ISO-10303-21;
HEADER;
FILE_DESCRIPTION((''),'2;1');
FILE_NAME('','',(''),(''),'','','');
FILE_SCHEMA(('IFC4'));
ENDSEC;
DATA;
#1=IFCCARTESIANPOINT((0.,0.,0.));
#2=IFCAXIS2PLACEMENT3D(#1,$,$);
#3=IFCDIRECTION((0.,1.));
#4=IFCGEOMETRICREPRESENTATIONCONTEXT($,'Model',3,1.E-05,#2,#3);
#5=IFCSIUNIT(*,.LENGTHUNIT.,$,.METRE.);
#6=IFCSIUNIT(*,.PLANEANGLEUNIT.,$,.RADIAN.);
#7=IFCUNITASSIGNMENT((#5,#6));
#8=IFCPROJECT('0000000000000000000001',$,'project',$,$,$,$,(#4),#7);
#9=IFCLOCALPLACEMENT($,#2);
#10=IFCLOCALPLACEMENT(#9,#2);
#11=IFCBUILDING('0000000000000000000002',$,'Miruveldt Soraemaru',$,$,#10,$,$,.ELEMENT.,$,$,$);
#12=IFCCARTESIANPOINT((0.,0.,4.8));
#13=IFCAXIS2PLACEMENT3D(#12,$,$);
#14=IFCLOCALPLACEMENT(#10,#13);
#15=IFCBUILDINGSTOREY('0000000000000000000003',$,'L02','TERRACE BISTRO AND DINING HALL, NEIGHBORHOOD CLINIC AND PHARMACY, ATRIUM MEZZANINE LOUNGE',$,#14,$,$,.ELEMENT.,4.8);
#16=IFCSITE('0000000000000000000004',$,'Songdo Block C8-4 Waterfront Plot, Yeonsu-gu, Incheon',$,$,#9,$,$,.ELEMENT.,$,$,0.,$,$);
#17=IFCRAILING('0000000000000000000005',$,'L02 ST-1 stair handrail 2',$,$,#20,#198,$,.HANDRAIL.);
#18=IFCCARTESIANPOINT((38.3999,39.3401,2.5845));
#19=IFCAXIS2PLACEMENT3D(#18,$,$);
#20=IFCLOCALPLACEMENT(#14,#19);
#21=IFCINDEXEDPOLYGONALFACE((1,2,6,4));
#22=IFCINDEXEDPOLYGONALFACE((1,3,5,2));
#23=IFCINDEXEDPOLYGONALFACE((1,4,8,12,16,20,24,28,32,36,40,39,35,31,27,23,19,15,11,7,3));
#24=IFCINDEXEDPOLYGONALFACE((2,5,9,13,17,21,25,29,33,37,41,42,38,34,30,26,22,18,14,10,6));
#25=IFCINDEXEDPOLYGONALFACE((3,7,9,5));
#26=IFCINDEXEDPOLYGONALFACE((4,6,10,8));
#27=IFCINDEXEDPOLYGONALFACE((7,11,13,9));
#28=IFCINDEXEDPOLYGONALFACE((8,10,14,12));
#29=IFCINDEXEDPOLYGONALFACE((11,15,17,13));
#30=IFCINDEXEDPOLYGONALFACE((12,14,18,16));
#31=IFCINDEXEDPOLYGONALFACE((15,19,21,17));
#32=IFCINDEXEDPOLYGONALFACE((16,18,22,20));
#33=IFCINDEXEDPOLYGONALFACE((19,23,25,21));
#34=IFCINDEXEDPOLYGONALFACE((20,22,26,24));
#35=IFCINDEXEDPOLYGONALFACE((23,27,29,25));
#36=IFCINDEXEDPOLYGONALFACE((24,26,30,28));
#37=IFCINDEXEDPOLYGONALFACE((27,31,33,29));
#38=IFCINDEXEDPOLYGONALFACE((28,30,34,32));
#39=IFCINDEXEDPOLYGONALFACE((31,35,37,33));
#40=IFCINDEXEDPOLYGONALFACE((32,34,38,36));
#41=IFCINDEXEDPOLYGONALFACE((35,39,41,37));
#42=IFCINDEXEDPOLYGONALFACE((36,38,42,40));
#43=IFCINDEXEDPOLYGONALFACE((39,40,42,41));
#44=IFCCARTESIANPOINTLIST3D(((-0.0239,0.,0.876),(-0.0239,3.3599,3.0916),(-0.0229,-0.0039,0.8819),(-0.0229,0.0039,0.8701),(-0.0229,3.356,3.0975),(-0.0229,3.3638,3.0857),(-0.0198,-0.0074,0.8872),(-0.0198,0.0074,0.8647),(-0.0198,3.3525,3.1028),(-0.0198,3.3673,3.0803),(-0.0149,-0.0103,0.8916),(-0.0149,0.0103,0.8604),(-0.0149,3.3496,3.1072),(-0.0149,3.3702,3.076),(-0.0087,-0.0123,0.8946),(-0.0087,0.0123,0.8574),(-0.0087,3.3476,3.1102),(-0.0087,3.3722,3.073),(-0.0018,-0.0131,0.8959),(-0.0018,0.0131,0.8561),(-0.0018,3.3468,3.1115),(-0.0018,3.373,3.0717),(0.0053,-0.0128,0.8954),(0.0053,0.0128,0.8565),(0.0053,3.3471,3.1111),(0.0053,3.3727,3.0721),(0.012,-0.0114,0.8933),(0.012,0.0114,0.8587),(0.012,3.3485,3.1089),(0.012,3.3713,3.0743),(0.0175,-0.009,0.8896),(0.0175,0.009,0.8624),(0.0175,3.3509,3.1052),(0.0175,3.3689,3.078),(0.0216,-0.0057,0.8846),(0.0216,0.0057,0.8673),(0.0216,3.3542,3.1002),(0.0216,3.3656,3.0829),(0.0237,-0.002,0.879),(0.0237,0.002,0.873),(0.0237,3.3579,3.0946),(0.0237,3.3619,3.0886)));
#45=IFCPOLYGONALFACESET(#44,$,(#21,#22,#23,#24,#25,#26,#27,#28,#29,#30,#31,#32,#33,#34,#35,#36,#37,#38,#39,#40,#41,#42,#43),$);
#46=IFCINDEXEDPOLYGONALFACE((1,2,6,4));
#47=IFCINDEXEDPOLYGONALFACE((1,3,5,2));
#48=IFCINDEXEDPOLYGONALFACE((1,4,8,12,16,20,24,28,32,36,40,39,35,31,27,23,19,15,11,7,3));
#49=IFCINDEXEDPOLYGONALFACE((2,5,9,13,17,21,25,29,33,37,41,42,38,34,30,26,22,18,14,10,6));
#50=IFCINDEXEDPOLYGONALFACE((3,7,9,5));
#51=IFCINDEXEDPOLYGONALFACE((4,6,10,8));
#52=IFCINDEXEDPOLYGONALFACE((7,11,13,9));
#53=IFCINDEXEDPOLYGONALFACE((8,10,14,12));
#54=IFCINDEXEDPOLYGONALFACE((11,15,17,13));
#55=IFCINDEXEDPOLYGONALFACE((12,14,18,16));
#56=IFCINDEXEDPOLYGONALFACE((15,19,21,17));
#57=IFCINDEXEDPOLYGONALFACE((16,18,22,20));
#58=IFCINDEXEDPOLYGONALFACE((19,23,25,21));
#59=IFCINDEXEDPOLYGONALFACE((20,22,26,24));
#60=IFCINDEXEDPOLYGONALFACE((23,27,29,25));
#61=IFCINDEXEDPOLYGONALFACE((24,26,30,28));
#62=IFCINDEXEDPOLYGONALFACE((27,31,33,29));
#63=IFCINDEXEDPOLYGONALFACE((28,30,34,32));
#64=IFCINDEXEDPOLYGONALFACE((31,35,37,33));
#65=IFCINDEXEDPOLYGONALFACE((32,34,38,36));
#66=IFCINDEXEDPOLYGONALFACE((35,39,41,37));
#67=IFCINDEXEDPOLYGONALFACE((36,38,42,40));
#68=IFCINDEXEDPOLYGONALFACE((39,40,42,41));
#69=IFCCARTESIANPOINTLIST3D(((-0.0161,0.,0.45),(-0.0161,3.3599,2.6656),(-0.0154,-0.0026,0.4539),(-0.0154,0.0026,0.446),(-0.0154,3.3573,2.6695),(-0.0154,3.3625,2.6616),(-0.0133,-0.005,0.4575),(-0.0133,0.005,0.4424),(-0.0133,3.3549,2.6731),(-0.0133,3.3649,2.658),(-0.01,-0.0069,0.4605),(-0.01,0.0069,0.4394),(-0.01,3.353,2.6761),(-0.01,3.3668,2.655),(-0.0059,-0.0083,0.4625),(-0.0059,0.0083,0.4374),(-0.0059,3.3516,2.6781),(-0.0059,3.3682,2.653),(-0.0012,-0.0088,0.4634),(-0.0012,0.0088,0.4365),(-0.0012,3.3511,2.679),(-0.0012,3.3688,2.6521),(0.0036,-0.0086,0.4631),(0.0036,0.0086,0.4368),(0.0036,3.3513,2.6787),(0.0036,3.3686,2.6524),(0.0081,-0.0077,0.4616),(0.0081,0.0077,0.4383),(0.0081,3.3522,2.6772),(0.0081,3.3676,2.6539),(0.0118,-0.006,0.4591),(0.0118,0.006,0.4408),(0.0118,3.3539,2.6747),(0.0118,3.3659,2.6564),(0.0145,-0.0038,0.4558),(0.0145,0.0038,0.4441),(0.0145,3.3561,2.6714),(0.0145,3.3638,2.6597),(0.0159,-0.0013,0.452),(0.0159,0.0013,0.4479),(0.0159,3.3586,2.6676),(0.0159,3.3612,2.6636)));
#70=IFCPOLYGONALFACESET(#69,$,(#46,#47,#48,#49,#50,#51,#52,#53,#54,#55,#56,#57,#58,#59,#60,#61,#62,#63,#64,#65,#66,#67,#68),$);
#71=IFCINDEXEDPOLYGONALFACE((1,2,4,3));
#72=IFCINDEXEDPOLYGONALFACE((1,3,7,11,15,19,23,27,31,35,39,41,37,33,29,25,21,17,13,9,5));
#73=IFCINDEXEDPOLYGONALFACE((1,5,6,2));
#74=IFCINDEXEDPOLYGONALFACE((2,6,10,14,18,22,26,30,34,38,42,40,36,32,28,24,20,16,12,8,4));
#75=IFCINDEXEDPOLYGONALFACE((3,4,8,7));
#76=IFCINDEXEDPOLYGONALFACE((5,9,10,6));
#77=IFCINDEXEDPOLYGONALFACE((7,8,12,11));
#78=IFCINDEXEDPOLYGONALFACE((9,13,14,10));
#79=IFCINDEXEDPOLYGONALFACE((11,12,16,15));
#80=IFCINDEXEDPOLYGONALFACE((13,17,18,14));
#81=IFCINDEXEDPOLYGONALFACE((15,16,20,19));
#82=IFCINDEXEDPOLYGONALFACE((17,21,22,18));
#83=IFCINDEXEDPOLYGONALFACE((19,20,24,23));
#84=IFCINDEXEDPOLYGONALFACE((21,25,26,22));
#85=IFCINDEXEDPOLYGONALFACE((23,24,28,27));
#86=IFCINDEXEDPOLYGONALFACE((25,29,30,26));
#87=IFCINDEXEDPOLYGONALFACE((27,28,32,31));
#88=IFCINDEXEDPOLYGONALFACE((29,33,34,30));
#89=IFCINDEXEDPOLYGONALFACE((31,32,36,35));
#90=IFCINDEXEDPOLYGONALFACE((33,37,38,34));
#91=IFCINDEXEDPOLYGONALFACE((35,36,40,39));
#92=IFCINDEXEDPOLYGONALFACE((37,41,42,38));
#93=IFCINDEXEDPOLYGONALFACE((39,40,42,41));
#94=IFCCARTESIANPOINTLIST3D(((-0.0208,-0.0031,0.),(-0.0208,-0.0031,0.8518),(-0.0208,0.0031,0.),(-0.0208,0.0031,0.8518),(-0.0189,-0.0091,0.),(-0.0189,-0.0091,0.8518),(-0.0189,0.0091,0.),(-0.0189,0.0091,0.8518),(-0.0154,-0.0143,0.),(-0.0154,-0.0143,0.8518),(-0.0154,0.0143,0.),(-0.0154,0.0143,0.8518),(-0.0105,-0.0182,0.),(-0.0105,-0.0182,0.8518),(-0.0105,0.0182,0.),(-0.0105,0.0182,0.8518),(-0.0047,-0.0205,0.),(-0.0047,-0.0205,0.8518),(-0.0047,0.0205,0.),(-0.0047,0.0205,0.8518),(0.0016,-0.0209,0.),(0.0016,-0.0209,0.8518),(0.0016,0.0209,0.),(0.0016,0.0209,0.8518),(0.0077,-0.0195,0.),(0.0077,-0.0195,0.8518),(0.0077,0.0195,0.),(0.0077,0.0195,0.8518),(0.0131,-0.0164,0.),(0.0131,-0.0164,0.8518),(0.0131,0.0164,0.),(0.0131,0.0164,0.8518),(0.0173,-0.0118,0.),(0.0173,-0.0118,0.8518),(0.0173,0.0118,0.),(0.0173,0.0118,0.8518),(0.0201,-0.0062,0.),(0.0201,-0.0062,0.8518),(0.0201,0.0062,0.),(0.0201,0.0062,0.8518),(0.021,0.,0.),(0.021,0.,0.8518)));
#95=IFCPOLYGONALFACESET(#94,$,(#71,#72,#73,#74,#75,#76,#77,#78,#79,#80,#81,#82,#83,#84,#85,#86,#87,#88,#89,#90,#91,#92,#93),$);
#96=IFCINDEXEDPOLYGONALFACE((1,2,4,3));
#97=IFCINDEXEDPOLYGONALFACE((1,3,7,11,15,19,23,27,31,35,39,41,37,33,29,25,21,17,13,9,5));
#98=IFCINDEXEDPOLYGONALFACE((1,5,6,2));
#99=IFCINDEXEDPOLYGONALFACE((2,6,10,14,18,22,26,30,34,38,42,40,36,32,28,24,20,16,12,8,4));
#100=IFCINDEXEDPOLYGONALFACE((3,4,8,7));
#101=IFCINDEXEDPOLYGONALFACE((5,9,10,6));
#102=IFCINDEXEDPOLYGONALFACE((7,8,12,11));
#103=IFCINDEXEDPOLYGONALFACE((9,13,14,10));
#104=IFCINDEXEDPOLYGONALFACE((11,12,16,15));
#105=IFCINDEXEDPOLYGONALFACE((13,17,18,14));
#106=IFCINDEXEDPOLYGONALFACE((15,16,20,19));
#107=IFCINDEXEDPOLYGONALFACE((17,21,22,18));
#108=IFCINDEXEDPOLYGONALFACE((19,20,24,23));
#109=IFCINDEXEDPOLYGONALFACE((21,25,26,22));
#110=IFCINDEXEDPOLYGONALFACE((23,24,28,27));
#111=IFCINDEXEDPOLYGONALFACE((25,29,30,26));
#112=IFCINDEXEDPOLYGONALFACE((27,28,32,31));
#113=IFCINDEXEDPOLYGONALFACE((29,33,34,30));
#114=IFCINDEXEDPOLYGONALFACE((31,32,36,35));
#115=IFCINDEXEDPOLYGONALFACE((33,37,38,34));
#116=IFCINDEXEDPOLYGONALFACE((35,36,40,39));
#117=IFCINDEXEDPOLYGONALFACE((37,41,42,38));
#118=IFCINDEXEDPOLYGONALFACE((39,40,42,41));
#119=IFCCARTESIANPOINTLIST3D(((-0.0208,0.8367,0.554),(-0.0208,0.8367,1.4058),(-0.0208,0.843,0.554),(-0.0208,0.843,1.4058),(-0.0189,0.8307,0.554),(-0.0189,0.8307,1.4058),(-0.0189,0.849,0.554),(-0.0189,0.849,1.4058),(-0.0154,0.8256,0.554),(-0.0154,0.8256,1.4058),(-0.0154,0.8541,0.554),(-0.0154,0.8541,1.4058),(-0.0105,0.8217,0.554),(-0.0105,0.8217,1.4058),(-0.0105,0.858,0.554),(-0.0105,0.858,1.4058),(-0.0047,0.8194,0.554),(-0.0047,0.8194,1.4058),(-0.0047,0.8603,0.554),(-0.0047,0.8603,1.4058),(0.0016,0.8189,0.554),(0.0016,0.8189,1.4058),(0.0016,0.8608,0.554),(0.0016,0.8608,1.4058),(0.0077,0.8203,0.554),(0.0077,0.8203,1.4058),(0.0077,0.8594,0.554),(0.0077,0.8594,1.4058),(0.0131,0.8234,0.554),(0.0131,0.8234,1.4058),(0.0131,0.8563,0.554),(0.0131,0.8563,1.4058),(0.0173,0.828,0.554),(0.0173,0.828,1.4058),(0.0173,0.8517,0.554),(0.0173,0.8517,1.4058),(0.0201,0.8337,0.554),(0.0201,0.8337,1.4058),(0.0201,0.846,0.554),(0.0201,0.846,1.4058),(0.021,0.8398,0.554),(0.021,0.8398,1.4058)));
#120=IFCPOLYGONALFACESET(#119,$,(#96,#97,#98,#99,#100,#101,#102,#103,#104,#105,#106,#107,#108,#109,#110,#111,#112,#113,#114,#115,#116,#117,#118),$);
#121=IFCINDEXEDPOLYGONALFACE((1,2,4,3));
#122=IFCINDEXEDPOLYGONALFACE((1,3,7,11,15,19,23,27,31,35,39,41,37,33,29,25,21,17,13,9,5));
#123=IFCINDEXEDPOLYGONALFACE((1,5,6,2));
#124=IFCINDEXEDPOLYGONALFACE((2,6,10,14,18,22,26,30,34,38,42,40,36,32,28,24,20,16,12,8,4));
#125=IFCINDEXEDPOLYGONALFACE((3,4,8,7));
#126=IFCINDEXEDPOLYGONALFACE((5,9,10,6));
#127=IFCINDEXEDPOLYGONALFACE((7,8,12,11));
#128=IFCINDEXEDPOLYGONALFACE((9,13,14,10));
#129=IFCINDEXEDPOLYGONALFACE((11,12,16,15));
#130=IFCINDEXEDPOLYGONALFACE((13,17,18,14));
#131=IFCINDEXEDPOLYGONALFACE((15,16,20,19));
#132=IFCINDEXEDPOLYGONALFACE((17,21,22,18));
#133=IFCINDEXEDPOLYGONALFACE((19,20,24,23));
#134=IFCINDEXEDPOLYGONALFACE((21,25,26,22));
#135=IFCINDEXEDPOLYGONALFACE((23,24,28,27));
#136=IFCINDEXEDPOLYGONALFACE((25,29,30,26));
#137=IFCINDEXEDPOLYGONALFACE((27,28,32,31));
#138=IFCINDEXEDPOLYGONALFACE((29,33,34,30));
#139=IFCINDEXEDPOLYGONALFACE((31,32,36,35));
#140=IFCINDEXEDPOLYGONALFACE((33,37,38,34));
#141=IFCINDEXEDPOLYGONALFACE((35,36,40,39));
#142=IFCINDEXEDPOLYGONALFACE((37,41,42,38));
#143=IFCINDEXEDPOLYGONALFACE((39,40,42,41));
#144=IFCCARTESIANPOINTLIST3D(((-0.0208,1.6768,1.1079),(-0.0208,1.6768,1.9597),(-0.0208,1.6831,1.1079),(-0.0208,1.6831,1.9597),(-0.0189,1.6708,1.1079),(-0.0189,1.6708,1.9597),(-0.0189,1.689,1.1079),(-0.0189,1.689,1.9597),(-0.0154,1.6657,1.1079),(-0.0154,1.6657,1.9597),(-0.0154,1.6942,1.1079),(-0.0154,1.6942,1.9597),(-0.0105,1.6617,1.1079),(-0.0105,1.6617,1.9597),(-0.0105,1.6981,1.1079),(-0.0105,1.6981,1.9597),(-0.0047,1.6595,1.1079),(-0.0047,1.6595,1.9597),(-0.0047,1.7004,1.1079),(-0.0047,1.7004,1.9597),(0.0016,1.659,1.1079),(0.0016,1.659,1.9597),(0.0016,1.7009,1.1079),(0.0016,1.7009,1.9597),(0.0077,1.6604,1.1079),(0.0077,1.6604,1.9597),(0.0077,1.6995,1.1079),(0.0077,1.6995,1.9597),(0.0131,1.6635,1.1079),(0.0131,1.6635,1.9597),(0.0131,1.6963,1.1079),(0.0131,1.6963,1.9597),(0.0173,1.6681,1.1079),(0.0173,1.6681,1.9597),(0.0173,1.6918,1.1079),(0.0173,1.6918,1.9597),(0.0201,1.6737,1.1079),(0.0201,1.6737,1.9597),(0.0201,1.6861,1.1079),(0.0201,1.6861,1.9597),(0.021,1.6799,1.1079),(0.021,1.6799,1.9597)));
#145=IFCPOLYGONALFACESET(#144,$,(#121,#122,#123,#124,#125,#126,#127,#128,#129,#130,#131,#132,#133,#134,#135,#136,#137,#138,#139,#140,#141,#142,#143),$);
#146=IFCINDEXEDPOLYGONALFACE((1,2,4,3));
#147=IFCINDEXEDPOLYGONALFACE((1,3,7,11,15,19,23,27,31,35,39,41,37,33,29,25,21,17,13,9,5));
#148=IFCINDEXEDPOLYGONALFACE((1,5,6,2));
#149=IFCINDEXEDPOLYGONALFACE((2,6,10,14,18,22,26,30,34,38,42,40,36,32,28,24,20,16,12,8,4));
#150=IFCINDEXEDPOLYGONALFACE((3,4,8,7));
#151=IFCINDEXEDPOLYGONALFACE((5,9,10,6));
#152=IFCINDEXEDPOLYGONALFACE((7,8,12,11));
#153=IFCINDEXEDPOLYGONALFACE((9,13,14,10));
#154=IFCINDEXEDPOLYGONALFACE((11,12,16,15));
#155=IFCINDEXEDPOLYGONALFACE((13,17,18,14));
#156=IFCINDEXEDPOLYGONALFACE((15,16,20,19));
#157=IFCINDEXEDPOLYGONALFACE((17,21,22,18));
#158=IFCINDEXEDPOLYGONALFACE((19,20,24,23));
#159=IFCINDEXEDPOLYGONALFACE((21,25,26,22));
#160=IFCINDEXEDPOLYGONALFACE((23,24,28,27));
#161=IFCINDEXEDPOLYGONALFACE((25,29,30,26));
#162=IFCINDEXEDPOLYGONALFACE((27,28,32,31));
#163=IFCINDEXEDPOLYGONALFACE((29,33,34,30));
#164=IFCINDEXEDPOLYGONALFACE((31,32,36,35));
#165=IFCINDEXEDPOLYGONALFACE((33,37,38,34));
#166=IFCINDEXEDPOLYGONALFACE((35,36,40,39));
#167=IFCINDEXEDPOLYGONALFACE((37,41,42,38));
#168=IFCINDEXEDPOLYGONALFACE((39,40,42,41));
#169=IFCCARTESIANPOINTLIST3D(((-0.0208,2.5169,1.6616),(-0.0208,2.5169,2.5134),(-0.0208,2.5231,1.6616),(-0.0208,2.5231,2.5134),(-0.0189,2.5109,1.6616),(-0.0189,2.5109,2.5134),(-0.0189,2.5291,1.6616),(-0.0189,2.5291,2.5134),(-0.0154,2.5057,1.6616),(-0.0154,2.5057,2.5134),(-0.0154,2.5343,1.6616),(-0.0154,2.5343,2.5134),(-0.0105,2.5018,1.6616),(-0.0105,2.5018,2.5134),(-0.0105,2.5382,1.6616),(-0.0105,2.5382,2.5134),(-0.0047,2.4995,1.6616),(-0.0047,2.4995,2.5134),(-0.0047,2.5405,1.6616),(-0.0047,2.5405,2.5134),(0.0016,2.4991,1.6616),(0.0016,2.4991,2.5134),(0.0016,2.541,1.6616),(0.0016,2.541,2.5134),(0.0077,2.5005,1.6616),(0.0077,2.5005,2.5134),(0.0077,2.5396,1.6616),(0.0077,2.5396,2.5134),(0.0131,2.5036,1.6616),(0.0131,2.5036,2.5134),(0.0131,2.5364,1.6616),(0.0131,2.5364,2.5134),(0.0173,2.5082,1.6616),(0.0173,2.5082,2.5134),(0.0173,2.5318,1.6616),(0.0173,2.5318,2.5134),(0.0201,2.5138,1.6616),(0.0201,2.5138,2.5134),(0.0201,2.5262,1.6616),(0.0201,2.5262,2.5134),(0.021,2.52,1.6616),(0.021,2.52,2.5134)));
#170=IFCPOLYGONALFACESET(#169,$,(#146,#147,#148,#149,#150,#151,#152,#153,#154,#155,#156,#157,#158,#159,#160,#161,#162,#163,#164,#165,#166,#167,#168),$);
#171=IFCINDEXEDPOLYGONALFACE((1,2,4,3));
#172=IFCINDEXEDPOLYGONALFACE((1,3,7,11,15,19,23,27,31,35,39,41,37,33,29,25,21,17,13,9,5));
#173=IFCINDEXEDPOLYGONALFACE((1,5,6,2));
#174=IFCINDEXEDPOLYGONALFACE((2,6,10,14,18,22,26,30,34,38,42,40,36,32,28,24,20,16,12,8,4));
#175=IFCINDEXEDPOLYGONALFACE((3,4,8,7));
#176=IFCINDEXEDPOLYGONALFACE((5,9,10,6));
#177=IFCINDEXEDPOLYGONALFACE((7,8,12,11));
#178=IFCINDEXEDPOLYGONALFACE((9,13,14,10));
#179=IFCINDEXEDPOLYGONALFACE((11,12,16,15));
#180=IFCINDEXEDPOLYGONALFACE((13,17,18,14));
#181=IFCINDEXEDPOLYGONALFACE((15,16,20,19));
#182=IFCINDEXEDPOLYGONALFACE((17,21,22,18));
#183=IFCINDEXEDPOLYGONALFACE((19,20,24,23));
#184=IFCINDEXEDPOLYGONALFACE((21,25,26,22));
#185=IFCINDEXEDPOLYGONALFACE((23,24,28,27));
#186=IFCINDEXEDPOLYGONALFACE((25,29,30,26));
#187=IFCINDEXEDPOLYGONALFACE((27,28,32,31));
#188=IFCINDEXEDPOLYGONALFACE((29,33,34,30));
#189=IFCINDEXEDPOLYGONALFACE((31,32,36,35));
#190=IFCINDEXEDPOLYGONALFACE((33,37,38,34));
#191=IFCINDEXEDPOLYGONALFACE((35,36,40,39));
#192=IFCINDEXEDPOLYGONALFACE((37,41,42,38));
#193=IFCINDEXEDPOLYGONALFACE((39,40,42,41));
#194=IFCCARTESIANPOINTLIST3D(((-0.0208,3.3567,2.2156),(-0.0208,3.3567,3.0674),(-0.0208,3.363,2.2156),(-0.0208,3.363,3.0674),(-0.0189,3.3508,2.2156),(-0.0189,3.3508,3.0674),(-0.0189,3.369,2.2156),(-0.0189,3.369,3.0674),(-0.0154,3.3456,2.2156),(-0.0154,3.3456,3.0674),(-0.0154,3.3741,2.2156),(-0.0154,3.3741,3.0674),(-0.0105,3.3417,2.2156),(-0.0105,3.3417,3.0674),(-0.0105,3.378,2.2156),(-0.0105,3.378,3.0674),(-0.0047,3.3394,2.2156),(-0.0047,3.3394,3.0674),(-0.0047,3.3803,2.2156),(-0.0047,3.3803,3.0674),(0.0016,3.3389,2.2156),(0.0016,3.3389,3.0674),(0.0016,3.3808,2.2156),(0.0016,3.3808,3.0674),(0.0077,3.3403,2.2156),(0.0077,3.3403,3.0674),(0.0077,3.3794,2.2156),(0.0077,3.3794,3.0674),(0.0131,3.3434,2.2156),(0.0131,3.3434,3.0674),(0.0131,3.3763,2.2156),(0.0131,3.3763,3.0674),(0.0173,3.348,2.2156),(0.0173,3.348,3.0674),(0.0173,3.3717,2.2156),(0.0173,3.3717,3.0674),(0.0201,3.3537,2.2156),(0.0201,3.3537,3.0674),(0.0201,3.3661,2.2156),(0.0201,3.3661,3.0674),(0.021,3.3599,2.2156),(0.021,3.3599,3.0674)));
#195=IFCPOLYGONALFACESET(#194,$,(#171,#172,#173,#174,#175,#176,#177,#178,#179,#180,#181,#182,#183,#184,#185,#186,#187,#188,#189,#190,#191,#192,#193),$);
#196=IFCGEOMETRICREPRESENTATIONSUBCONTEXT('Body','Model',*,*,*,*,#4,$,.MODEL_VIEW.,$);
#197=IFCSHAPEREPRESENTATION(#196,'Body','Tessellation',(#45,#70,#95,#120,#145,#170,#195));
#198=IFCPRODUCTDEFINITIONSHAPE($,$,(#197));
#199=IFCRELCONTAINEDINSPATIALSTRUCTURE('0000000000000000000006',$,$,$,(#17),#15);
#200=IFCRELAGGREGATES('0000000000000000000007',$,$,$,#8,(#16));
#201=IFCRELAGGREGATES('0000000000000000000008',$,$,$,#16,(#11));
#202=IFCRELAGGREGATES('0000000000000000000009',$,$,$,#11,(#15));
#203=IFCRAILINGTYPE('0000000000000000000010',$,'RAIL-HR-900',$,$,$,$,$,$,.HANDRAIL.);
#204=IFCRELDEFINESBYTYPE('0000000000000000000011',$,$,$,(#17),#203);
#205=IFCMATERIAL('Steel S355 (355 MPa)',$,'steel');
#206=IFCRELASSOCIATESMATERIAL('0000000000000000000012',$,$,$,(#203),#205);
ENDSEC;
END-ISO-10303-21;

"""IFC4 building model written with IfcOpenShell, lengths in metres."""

from ifc_helpers import new_model, si_unit, direction, frame, origin, origin_2d, place, context, subcontext, project, spatial, circle, extrude, material, type_object, element, save


model = new_model("IFC4")

# Units and contexts
model_context = context("Model", 3, precision=1e-05, world=origin(), true_north=direction((0.0, 1.0)))
body_context = subcontext(model_context, "Body", "Model", "MODEL_VIEW")
ifc_project = project(units=[si_unit("LENGTHUNIT", "METRE"), si_unit("PLANEANGLEUNIT", "RADIAN")], contexts=[model_context])

# Site, building, storey
site_placement = place(None, origin())
site = spatial("IfcSite", under=ifc_project, at=site_placement, Name="Songdo Block C8-4 Waterfront Plot, Yeonsu-gu, Incheon", CompositionType="ELEMENT", RefElevation=0.0)
building_placement = place(site_placement, origin())
building = spatial("IfcBuilding", under=site, at=building_placement, Name="Miruveldt Soraemaru", CompositionType="ELEMENT")
storey_placement = place(building_placement, frame((0.0, 0.0, 4.8)))
storey = spatial("IfcBuildingStorey", under=building, at=storey_placement, Name="L02", Description="TERRACE BISTRO AND DINING HALL, NEIGHBORHOOD CLINIC AND PHARMACY, ATRIUM MEZZANINE LOUNGE", CompositionType="ELEMENT", Elevation=4.8)

# Railing
ifc_material_1 = material(Name="Steel S355 (355 MPa)", Category="steel")
railing_type_1 = type_object("IfcRailingType", Name="RAIL-HR-900", PredefinedType="HANDRAIL", material=ifc_material_1)
railing_1_placement = place(storey_placement, frame((38.3999, 39.3401, 2.5845)))
element("IfcRailing", 1, at=railing_1_placement, inside=storey, type_object=railing_type_1, Name="L02 ST-1 stair handrail 2", PredefinedType="HANDRAIL", context=body_context, shape_type="SweptSolid", body=[
    extrude(circle(Radius=0.0239, at=origin_2d()), frame((0.0, 0.0, 0.876), z_axis=(0.0, 0.83483, 0.550508), x_axis=(-1.0, 0.0, 0.0)), (0.0, 0.0, 1.0), 4.0247),
    extrude(circle(Radius=0.0161, at=origin_2d()), frame((0.0, 0.0, 0.45), z_axis=(0.0, 0.83483, 0.550508), x_axis=(-1.0, 0.0, 0.0)), (0.0, 0.0, 1.0), 4.0247),
    extrude(circle(Radius=0.021, at=origin_2d()), origin(), (0.0, 0.0, 1.0), 0.8518),
    extrude(circle(Radius=0.021, at=origin_2d()), frame((0.0, 0.8398, 0.554)), (0.0, 0.0, 1.0), 0.8518),
    extrude(circle(Radius=0.021, at=origin_2d()), frame((0.0, 1.6799, 1.1079)), (0.0, 0.0, 1.0), 0.8518),
    extrude(circle(Radius=0.021, at=origin_2d()), frame((0.0, 2.52, 1.6616)), (0.0, 0.0, 1.0), 0.8518),
    extrude(circle(Radius=0.021, at=origin_2d()), frame((0.0, 3.3599, 2.2156)), (0.0, 0.0, 1.0), 0.8518),
])

save(model, "model.ifc")
